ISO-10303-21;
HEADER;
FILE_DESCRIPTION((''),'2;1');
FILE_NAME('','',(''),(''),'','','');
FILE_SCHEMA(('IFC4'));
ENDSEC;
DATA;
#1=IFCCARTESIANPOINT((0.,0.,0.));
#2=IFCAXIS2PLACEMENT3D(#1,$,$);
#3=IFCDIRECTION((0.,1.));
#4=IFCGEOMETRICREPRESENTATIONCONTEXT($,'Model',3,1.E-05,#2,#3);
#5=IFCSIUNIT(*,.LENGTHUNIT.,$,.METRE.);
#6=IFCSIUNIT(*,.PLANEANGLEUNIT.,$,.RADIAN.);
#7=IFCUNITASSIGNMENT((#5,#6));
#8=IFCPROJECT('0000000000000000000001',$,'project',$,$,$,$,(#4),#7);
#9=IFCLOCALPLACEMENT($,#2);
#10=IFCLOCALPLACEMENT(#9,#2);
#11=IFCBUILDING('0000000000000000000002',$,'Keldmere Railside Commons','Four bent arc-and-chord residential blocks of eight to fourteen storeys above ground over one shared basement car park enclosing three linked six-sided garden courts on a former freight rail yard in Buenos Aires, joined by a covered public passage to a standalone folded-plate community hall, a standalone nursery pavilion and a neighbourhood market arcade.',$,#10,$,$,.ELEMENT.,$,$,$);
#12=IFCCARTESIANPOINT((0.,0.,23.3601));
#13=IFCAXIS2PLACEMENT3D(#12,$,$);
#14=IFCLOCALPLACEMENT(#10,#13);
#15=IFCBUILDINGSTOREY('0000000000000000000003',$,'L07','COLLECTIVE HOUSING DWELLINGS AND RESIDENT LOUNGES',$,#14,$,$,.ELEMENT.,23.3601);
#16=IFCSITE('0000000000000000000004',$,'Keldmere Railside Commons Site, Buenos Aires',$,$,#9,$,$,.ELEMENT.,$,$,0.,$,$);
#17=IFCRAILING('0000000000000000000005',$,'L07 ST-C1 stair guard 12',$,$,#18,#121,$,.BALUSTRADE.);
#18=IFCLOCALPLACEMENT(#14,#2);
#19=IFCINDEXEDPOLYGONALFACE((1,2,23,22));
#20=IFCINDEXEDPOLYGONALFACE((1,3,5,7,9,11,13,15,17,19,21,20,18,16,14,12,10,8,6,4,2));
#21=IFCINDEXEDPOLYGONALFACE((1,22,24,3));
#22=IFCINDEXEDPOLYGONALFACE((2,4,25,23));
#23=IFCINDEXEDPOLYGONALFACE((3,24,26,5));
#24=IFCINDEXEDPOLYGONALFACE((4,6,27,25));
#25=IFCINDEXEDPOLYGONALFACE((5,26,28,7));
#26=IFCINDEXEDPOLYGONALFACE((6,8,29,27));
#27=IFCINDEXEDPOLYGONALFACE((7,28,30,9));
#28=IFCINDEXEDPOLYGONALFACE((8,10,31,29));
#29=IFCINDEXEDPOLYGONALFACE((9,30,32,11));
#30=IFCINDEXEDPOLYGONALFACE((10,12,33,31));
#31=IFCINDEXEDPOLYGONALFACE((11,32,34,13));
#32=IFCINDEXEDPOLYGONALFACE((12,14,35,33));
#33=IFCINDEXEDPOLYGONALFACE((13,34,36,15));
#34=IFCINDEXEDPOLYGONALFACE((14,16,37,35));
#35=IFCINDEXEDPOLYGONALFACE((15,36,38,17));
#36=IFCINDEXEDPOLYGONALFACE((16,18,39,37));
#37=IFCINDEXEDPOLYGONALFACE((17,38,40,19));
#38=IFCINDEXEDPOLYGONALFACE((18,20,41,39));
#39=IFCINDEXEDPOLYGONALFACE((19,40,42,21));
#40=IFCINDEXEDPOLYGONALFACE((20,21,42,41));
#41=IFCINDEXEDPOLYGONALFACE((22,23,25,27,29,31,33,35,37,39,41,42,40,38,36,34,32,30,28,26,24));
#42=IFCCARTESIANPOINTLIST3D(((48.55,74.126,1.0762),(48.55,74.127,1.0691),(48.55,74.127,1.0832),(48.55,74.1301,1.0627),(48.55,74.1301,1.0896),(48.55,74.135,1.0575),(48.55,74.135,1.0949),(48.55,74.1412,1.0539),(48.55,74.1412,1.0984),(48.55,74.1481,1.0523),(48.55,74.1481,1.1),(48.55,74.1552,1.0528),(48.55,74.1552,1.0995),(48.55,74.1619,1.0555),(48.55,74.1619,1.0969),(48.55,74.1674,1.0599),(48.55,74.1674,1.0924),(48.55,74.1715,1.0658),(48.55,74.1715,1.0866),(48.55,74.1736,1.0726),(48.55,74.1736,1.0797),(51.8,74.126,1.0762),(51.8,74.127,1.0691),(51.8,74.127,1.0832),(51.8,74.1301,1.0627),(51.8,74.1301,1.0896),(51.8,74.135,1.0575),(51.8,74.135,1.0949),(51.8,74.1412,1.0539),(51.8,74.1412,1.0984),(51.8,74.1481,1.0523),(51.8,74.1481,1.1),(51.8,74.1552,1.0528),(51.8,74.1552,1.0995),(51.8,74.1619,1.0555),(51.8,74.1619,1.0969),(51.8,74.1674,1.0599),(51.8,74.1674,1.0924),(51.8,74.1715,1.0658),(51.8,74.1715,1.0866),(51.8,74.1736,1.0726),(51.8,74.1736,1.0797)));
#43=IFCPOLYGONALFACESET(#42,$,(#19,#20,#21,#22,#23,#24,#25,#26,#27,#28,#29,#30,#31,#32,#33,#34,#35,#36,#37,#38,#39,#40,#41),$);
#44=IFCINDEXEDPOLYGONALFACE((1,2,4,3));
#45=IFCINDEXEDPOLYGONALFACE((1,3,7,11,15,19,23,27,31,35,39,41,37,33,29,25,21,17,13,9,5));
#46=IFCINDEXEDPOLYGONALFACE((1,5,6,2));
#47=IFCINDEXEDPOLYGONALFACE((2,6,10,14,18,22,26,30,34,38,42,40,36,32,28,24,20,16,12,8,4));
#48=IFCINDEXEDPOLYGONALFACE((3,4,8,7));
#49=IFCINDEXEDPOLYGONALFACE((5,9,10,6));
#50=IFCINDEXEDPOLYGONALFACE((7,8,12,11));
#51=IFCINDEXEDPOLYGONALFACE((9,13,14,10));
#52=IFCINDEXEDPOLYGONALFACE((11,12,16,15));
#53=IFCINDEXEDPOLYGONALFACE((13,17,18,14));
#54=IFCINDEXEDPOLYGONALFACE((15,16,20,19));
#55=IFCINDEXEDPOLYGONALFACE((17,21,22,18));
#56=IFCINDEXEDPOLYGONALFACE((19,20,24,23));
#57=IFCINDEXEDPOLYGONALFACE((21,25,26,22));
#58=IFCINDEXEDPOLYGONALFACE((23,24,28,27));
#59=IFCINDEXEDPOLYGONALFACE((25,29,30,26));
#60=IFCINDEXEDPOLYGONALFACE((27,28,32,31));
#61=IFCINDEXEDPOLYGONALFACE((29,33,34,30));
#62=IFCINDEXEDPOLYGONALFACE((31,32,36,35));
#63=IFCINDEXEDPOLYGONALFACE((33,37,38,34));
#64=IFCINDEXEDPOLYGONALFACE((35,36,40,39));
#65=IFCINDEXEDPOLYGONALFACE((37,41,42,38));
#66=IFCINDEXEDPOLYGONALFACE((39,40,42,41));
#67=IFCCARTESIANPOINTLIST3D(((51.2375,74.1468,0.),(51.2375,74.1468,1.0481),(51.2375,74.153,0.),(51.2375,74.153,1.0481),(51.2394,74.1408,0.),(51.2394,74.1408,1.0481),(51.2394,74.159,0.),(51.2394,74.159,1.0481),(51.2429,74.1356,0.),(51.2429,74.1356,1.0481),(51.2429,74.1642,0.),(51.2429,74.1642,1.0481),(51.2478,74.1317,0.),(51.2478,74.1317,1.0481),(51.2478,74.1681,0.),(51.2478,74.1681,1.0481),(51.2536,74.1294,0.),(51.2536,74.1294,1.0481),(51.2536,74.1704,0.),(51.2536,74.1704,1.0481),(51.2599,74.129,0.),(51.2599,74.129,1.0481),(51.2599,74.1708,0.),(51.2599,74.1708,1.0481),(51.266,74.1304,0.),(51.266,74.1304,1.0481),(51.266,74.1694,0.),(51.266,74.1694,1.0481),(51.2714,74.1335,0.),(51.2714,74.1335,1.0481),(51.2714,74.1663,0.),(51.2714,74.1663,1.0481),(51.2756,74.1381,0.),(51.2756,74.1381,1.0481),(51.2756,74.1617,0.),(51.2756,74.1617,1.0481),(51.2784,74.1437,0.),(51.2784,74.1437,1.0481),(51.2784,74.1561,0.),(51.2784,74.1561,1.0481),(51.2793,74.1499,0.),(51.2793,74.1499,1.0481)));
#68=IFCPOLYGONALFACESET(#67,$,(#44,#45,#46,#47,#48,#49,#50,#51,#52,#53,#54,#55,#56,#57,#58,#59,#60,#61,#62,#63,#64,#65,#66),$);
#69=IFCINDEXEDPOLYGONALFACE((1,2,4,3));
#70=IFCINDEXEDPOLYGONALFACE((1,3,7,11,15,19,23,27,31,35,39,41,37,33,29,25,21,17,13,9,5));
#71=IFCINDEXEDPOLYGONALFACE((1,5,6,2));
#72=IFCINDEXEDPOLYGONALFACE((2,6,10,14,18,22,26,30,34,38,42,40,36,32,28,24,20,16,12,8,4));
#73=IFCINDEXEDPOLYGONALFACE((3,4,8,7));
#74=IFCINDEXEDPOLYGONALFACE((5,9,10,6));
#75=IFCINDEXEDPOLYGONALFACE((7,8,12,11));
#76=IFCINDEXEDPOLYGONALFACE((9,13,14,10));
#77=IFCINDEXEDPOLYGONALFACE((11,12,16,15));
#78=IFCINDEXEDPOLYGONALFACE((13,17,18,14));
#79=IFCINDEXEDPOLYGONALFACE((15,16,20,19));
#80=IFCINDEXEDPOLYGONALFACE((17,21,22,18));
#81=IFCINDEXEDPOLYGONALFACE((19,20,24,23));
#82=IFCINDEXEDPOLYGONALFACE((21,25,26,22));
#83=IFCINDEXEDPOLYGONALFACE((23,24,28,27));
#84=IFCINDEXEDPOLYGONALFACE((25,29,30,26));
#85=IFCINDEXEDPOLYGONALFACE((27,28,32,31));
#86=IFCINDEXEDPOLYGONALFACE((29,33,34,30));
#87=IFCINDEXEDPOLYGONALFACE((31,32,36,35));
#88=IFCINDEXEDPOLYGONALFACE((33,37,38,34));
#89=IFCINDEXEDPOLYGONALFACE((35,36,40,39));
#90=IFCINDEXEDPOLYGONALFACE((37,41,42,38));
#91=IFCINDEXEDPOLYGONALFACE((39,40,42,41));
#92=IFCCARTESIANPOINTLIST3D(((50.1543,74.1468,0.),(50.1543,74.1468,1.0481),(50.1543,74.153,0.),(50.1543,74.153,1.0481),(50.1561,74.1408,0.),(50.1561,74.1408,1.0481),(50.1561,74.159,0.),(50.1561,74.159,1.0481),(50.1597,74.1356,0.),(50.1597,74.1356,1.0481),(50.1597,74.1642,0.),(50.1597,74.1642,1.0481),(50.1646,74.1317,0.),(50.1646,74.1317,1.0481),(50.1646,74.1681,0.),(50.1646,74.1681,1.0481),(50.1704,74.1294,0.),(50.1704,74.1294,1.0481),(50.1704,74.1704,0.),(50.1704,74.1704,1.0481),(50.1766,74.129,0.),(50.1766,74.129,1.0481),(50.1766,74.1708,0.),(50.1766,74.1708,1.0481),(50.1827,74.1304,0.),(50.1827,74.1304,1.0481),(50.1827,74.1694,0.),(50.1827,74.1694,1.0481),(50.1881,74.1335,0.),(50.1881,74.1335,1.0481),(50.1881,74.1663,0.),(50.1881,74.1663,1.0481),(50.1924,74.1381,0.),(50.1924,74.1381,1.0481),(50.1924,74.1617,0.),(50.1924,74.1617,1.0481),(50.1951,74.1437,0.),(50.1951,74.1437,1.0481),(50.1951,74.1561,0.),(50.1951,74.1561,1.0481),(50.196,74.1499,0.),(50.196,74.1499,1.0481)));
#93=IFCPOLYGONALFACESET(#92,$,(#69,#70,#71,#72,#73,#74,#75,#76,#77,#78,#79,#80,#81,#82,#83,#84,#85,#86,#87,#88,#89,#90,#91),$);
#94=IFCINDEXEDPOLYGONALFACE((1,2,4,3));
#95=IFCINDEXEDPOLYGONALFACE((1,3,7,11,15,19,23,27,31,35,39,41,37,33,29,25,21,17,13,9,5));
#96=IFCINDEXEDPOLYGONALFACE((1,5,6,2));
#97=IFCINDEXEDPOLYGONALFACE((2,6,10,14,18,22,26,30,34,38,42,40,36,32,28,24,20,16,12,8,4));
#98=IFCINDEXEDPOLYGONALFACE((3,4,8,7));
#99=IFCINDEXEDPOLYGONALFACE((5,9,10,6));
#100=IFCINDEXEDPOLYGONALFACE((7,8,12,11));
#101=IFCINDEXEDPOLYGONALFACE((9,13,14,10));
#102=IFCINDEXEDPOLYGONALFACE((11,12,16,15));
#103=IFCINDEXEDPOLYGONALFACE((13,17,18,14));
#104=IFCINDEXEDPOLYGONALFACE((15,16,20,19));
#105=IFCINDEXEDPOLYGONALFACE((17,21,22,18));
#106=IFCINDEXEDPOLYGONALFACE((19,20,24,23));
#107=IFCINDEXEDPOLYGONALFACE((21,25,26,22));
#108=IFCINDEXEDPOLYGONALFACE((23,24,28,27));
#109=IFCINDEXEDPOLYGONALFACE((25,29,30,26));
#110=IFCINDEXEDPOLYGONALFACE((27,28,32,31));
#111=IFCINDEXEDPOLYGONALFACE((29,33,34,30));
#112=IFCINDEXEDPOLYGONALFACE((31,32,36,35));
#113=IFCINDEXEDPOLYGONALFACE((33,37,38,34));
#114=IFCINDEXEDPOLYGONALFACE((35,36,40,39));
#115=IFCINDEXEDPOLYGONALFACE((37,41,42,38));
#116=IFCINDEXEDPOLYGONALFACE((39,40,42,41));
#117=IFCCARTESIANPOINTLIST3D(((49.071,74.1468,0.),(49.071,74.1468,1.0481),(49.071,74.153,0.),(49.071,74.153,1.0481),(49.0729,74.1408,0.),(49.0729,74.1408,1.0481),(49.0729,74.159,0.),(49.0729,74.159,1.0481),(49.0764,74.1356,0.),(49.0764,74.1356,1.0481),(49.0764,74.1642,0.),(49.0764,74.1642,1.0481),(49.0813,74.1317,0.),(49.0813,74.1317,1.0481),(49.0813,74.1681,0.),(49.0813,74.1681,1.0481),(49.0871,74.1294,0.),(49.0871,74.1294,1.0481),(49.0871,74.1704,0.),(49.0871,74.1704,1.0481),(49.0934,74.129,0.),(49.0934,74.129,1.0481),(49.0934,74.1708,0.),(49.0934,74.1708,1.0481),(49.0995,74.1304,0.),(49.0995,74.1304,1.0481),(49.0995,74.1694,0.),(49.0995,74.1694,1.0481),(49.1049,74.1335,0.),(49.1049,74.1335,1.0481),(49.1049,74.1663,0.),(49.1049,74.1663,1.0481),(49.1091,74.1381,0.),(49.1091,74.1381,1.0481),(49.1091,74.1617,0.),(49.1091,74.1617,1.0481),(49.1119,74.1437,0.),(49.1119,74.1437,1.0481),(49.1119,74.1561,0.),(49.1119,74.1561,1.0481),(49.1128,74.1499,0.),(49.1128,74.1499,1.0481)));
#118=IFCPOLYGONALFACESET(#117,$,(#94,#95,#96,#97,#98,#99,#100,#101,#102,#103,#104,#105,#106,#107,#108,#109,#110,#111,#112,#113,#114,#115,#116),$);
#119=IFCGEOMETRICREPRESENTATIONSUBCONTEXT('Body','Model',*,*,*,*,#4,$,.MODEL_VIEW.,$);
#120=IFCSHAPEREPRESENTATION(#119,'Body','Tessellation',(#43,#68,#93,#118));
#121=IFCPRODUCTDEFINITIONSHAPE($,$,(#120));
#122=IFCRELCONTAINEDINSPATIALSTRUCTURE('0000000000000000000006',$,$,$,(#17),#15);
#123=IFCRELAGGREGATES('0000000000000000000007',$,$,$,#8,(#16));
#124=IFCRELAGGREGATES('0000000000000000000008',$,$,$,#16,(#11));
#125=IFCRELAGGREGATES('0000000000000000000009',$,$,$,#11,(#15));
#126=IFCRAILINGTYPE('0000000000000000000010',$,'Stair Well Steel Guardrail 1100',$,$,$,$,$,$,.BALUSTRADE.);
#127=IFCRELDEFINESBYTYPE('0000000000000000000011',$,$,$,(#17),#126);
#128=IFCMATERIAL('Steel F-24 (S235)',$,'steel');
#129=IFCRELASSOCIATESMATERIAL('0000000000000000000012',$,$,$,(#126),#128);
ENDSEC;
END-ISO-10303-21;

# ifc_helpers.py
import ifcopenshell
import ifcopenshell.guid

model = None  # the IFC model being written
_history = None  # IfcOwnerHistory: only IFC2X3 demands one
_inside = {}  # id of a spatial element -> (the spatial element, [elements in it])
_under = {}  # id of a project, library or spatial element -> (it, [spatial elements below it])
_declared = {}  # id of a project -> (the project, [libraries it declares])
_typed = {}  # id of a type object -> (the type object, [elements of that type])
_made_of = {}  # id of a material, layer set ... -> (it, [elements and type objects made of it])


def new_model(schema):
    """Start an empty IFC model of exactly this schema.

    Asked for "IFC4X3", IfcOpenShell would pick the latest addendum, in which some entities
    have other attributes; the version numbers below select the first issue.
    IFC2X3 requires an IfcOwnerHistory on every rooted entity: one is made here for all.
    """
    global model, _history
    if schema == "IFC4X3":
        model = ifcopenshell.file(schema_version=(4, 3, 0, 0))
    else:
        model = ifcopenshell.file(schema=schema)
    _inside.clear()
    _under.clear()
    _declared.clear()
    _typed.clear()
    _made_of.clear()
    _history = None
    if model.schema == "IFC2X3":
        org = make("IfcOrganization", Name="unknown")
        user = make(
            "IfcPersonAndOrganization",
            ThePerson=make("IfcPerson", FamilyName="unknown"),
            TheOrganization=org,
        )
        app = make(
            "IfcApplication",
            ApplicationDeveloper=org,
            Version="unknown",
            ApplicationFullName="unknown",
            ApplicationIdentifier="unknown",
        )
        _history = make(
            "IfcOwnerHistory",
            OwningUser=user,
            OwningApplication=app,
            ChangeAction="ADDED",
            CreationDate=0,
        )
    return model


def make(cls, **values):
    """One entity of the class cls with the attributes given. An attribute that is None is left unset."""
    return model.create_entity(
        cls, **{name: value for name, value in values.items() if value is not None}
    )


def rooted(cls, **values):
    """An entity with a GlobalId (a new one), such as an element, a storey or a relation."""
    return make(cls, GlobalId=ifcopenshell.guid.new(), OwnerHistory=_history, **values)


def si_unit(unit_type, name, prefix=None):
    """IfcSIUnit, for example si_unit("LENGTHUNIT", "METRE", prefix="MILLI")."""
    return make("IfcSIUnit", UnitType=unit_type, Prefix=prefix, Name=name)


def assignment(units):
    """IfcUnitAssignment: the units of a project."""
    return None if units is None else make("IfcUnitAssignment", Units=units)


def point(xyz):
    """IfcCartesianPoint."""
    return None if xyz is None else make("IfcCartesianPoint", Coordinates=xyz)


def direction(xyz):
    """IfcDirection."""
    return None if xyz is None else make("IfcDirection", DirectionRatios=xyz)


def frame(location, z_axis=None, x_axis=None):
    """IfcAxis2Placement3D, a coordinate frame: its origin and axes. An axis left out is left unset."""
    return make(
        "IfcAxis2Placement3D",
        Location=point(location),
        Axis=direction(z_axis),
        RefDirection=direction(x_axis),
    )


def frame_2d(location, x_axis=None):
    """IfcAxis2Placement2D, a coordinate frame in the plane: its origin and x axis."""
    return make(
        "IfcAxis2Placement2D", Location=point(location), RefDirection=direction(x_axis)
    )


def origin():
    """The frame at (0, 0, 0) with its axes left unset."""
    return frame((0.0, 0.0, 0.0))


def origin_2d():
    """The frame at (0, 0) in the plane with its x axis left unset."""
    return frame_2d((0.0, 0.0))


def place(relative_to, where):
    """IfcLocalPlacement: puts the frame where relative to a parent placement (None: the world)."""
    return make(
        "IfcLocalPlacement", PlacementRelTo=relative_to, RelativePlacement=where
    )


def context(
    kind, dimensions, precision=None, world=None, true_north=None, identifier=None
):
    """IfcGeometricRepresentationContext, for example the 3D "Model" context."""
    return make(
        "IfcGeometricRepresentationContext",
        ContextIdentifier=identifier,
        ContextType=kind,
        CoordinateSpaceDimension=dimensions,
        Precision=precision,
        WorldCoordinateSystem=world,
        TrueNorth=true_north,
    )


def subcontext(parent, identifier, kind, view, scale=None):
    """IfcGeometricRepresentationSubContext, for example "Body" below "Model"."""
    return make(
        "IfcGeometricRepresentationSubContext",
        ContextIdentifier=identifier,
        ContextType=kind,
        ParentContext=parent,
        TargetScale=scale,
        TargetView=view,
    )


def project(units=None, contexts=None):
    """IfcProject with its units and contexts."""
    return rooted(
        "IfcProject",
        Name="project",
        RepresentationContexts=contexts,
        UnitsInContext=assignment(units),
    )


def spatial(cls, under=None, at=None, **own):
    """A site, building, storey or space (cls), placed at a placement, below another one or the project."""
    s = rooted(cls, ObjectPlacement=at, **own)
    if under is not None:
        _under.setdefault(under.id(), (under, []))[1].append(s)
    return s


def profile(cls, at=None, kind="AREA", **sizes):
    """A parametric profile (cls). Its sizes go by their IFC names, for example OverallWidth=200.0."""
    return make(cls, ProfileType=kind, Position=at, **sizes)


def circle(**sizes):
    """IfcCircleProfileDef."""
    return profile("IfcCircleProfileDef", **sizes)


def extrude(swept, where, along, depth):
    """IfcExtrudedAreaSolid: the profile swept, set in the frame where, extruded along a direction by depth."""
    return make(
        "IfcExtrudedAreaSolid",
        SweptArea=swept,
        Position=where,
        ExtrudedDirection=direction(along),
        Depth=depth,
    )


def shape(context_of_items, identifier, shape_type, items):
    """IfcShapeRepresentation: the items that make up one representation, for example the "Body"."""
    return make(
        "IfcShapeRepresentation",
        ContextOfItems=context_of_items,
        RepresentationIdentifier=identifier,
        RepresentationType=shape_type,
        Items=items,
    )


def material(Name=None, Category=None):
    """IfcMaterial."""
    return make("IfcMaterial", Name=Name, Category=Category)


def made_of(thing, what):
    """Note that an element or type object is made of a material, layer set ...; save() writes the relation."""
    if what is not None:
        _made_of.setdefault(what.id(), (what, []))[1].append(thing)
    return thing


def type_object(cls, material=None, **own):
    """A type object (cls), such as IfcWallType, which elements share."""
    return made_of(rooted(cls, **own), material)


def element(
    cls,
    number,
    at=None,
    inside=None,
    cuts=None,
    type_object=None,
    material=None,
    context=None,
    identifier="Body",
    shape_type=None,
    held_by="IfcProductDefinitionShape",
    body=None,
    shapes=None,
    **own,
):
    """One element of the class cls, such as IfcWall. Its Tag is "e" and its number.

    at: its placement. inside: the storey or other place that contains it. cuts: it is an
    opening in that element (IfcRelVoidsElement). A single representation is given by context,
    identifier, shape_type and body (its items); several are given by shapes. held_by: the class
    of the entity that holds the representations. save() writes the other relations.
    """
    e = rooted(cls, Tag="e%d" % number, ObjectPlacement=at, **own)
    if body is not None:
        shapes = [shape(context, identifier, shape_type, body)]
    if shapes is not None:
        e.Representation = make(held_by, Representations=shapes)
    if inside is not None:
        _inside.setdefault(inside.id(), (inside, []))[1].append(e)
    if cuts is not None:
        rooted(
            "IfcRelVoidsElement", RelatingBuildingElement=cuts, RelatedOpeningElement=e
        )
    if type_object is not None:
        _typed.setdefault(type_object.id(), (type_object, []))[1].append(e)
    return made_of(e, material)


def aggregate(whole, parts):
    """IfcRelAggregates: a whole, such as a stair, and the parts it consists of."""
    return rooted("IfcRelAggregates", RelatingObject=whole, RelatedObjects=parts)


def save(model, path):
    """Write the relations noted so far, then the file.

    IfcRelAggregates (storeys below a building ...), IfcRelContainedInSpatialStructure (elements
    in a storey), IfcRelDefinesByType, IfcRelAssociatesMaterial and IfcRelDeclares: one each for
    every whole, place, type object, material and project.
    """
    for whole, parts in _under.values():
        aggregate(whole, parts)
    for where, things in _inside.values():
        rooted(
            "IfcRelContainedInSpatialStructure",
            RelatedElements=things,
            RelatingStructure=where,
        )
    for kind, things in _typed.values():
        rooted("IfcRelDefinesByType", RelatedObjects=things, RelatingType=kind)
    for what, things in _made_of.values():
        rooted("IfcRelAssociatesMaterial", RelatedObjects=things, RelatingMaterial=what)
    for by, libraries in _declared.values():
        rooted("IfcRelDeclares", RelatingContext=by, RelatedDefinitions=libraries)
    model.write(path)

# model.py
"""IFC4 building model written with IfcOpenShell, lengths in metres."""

from ifc_helpers import new_model, si_unit, direction, frame, origin, origin_2d, place, context, subcontext, project, spatial, circle, extrude, material, type_object, element, save


model = new_model("IFC4")

# Units and contexts
model_context = context("Model", 3, precision=1e-05, world=origin(), true_north=direction((0.0, 1.0)))
body_context = subcontext(model_context, "Body", "Model", "MODEL_VIEW")
ifc_project = project(units=[si_unit("LENGTHUNIT", "METRE"), si_unit("PLANEANGLEUNIT", "RADIAN")], contexts=[model_context])

# Site, building, storey
site_placement = place(None, origin())
site = spatial("IfcSite", under=ifc_project, at=site_placement, Name="Keldmere Railside Commons Site, Buenos Aires", CompositionType="ELEMENT", RefElevation=0.0)
building_placement = place(site_placement, origin())
building = spatial("IfcBuilding", under=site, at=building_placement, Name="Keldmere Railside Commons", Description="Four bent arc-and-chord residential blocks of eight to fourteen storeys above ground over one shared basement car park enclosing three linked six-sided garden courts on a former freight rail yard in Buenos Aires, joined by a covered public passage to a standalone folded-plate community hall, a standalone nursery pavilion and a neighbourhood market arcade.", CompositionType="ELEMENT")
storey_placement = place(building_placement, frame((0.0, 0.0, 23.3601)))
storey = spatial("IfcBuildingStorey", under=building, at=storey_placement, Name="L07", Description="COLLECTIVE HOUSING DWELLINGS AND RESIDENT LOUNGES", CompositionType="ELEMENT", Elevation=23.3601)

# Railing
ifc_material_1 = material(Name="Steel F-24 (S235)", Category="steel")
railing_type_1 = type_object("IfcRailingType", Name="Stair Well Steel Guardrail 1100", PredefinedType="BALUSTRADE", material=ifc_material_1)
railing_1_placement = place(storey_placement, frame((51.8, 74.1499, 0.0)))
element("IfcRailing", 1, at=railing_1_placement, inside=storey, type_object=railing_type_1, Name="L07 ST-C1 stair guard 12", PredefinedType="BALUSTRADE", context=body_context, shape_type="SweptSolid", body=[
    extrude(circle(Radius=0.0239, at=origin_2d()), frame((0.0, 0.0, 1.0762), z_axis=(-1.0, 0.0, 0.0), x_axis=(0.0, -1.0, 0.0)), (0.0, 0.0, 1.0), 3.25),
    extrude(circle(Radius=0.021, at=origin_2d()), frame((-0.5417, 0.0, 0.0)), (0.0, 0.0, 1.0), 1.0481),
    extrude(circle(Radius=0.021, at=origin_2d()), frame((-1.625, 0.0, 0.0)), (0.0, 0.0, 1.0), 1.0481),
    extrude(circle(Radius=0.021, at=origin_2d()), frame((-2.7083, 0.0, 0.0)), (0.0, 0.0, 1.0), 1.0481),
])

save(model, "model.ifc")
